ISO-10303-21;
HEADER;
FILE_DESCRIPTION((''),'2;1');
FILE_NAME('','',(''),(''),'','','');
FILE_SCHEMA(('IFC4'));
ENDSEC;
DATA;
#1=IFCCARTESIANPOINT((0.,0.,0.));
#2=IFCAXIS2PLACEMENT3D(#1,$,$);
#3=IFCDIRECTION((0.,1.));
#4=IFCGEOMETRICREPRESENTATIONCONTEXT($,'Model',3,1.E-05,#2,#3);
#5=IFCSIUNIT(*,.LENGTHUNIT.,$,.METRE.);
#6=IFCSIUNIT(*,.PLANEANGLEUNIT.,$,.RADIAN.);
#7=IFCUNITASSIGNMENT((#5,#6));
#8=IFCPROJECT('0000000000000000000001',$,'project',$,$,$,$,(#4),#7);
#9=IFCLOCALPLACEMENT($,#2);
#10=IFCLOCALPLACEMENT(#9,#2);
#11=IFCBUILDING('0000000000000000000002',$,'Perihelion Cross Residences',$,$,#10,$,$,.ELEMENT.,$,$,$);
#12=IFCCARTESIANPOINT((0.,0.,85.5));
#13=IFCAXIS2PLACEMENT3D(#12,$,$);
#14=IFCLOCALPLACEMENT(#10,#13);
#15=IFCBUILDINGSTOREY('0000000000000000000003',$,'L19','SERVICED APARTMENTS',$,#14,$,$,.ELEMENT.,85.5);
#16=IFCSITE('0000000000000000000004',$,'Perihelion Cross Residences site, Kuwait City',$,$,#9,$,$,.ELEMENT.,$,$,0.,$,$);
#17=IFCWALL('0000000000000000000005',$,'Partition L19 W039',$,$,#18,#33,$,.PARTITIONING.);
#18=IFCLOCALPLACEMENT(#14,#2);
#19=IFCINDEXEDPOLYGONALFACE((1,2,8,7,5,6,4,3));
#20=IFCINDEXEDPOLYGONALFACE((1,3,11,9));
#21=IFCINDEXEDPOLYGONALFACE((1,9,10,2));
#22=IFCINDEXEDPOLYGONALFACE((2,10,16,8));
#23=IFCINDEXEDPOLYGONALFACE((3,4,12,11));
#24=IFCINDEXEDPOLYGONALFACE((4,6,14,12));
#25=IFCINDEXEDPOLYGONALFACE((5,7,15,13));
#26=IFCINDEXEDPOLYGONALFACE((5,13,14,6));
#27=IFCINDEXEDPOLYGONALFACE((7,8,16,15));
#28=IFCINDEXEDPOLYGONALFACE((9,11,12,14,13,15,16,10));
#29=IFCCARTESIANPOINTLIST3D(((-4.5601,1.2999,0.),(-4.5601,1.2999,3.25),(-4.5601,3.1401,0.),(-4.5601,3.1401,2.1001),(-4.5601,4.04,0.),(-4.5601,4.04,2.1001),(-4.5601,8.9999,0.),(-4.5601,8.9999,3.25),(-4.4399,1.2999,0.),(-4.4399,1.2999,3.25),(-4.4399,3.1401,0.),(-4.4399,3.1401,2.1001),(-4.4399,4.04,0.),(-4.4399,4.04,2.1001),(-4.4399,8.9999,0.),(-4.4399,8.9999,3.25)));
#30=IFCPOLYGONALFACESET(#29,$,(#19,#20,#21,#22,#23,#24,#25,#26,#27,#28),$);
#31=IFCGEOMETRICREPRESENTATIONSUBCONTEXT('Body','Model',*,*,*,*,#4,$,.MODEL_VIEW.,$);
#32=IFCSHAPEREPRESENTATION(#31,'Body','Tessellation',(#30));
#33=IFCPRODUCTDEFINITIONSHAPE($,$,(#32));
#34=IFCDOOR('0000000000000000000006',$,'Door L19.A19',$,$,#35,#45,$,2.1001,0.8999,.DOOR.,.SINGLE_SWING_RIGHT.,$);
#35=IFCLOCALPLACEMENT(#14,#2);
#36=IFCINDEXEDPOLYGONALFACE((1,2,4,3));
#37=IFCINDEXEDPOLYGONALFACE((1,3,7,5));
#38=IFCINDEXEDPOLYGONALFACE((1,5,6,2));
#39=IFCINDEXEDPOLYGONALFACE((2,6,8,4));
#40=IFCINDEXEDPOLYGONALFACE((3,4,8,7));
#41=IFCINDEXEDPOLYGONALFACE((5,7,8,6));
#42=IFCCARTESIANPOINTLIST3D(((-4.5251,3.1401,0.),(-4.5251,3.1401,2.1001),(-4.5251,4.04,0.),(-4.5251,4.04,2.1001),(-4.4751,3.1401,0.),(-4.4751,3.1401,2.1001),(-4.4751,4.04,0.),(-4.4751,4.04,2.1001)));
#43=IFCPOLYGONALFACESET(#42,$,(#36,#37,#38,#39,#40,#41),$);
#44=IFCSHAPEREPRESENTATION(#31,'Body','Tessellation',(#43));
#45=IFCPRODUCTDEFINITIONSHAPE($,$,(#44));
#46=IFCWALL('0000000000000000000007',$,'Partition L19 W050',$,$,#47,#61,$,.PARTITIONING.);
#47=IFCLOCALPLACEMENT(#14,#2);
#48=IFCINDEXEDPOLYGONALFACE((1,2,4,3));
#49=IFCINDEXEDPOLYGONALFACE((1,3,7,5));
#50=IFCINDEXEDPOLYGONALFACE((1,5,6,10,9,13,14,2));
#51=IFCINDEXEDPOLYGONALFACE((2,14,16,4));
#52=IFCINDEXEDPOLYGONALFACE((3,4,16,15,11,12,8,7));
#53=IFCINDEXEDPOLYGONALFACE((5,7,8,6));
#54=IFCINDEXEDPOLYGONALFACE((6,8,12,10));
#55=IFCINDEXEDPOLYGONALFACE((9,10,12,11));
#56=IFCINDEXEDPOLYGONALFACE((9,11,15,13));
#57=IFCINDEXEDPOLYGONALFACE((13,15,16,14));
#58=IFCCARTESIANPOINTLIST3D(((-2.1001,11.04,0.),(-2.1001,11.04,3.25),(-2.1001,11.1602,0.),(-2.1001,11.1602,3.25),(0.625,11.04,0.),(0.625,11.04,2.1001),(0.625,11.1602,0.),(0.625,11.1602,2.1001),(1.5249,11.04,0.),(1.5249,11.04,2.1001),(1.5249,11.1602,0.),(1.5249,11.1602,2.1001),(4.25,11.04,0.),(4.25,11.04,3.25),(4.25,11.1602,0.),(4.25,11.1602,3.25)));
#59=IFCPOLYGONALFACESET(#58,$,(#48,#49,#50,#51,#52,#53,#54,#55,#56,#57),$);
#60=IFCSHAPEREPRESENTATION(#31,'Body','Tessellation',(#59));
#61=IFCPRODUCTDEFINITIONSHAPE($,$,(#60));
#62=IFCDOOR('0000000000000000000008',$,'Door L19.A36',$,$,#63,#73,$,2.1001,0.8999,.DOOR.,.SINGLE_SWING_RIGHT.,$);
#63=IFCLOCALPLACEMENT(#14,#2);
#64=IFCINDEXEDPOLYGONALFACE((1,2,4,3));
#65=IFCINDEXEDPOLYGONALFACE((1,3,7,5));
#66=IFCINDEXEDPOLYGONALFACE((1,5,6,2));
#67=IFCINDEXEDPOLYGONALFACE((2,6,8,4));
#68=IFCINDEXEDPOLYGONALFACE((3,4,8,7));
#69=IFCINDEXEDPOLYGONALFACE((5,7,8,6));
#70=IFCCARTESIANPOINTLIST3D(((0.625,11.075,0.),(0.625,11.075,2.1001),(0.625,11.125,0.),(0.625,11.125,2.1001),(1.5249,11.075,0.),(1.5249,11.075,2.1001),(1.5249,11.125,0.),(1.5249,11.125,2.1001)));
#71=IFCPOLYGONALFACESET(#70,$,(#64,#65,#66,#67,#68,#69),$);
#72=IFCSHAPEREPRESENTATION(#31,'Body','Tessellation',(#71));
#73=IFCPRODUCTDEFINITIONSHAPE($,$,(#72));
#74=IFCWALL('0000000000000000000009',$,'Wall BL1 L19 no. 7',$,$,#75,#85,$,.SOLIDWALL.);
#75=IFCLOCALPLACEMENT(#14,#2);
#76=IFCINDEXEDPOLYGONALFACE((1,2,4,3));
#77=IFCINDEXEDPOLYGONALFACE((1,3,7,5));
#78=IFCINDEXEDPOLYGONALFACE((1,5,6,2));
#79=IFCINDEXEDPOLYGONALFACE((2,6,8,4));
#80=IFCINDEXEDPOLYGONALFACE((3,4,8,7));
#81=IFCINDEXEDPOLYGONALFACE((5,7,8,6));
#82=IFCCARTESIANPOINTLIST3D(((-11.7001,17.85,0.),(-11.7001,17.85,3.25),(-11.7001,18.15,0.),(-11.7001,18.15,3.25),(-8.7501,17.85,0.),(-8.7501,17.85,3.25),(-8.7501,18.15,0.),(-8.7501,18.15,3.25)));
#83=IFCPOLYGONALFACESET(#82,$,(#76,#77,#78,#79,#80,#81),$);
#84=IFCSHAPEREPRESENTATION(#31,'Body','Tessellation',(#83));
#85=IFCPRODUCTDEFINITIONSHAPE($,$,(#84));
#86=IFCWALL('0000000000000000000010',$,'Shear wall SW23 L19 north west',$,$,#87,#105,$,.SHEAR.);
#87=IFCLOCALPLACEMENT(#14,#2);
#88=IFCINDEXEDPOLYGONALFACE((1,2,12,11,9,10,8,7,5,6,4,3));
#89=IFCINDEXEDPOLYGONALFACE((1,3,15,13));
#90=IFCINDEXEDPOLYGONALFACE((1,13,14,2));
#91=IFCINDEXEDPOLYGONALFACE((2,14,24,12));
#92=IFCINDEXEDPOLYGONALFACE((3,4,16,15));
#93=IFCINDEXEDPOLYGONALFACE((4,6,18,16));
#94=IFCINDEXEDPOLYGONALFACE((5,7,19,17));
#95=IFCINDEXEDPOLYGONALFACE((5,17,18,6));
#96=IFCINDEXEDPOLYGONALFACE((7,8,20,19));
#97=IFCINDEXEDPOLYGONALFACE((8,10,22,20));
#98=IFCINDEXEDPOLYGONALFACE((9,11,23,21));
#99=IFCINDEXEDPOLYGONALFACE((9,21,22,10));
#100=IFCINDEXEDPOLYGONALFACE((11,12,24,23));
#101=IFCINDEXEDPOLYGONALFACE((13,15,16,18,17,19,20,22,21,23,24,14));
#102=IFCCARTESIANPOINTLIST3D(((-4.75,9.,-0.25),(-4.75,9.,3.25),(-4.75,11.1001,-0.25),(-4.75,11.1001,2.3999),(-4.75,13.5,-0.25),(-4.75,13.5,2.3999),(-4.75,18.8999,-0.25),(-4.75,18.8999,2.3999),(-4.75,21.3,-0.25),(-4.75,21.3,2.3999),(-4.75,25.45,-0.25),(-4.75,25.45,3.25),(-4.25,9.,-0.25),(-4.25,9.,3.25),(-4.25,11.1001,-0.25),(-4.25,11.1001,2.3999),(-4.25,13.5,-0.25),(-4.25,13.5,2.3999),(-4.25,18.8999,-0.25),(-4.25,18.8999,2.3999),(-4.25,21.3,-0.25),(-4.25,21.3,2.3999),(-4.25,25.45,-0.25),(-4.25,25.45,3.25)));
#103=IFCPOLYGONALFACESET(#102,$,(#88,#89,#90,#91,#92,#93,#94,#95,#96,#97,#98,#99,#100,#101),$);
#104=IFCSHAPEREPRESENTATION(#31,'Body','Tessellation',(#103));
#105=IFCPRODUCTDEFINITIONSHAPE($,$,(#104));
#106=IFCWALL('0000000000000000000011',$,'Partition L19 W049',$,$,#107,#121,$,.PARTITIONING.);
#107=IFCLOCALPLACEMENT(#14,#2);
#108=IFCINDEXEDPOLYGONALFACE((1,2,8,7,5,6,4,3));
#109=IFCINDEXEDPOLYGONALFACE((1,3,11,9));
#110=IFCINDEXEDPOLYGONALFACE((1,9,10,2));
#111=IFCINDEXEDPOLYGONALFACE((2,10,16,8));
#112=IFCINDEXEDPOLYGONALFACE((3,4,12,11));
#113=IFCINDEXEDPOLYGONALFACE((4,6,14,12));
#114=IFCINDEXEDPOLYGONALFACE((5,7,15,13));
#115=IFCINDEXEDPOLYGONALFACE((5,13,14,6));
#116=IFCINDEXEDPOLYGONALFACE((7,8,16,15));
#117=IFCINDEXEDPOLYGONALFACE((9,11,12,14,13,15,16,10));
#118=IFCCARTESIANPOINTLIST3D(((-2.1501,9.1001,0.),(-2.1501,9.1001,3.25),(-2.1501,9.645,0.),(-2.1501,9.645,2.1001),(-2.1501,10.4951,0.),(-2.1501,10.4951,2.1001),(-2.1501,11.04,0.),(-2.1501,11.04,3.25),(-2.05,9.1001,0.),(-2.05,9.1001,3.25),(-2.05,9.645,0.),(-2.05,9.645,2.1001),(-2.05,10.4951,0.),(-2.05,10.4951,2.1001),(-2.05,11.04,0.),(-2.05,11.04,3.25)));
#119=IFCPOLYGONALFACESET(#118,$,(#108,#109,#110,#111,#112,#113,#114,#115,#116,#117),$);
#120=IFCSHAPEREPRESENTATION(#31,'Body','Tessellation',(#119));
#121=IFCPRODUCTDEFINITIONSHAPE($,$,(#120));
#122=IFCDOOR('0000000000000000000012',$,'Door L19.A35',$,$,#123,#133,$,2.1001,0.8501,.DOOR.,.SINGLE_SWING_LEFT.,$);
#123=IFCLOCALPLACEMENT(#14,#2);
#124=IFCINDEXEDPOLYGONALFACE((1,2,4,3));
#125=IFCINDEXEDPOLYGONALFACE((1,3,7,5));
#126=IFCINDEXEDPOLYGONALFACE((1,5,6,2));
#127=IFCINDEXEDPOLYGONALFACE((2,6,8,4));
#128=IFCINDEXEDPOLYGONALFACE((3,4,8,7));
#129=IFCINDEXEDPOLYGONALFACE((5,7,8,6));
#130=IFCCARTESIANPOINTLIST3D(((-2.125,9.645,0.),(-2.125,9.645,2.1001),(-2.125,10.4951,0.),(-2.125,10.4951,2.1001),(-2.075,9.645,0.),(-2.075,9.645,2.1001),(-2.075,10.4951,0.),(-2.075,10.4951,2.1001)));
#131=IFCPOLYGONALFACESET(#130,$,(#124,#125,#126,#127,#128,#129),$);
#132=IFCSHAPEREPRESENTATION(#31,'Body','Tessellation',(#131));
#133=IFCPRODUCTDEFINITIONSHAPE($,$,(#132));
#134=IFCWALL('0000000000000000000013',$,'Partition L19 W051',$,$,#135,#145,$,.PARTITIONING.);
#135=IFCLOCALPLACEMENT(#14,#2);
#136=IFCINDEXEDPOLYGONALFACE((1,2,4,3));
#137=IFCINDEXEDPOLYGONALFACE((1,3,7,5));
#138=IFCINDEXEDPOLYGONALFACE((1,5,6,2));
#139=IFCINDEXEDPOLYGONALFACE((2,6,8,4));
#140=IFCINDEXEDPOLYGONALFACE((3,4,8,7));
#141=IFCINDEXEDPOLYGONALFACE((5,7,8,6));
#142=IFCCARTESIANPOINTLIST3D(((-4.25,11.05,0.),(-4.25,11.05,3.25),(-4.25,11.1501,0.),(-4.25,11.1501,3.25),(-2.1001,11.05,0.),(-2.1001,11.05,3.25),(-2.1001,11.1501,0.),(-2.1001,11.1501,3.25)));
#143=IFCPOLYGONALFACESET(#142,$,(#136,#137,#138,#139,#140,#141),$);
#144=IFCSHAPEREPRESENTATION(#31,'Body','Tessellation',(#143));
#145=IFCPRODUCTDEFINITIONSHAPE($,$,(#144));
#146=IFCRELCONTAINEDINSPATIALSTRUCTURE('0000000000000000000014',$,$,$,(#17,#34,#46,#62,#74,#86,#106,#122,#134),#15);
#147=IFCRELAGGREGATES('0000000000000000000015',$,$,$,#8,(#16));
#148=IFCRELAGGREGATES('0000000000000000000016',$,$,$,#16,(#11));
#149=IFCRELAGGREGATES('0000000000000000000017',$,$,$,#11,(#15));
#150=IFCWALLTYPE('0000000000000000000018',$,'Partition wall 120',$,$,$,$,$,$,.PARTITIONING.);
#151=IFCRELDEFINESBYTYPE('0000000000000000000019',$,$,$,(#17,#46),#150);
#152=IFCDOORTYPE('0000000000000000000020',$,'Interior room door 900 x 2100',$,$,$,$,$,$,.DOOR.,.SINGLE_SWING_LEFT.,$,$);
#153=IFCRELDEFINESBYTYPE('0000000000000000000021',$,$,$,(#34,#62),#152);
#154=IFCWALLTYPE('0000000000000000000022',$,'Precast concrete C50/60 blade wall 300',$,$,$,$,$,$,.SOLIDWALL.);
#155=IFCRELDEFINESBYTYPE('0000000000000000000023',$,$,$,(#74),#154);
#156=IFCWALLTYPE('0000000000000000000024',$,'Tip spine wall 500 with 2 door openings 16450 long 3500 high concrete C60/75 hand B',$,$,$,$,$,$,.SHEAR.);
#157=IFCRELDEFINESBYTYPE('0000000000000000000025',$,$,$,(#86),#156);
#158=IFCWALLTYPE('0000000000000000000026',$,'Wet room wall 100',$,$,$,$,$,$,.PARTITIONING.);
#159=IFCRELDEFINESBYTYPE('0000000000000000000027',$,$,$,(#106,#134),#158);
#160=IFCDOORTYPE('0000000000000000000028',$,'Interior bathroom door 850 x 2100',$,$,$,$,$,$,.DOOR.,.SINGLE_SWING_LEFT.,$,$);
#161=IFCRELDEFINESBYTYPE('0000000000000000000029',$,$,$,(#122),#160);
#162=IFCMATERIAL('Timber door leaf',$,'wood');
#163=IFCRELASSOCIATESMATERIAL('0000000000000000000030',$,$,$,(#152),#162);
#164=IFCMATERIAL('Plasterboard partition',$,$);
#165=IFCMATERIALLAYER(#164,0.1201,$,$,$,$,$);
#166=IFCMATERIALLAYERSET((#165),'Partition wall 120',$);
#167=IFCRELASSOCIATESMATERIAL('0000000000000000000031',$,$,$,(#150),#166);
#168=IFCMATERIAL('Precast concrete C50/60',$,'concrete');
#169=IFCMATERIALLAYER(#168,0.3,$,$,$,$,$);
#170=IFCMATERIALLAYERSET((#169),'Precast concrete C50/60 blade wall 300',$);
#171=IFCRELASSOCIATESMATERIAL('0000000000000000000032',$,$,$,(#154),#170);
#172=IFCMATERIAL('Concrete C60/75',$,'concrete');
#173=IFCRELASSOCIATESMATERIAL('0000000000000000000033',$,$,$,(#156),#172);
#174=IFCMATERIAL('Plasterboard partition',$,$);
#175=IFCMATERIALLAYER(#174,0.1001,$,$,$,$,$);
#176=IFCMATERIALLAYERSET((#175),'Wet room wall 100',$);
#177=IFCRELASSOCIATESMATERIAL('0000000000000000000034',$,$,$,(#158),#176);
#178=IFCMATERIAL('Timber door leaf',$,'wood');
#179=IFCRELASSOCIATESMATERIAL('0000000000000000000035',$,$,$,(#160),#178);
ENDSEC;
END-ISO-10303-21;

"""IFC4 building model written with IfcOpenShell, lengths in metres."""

from ifc_helpers import new_model, si_unit, direction, frame, frame_2d, origin, place, context, subcontext, project, spatial, polyline, rectangle, outline, extrude, material, layer, layer_set, material_profile, profile_set, type_object, element, fill, save


model = new_model("IFC4")

# Units and contexts
model_context = context("Model", 3, precision=1e-05, world=origin(), true_north=direction((0.0, 1.0)))
body_context = subcontext(model_context, "Body", "Model", "MODEL_VIEW")
ifc_project = project(units=[si_unit("LENGTHUNIT", "METRE"), si_unit("PLANEANGLEUNIT", "RADIAN")], contexts=[model_context])

# Site, building, storey
site_placement = place(None, origin())
site = spatial("IfcSite", under=ifc_project, at=site_placement, Name="Perihelion Cross Residences site, Kuwait City", CompositionType="ELEMENT", RefElevation=0.0)
building_placement = place(site_placement, origin())
building = spatial("IfcBuilding", under=site, at=building_placement, Name="Perihelion Cross Residences", CompositionType="ELEMENT")
storey_placement = place(building_placement, frame((0.0, 0.0, 85.5)))
storey = spatial("IfcBuildingStorey", under=building, at=storey_placement, Name="L19", Description="SERVICED APARTMENTS", CompositionType="ELEMENT", Elevation=85.5)

# Walls, openings, doors
ifc_material_1 = material(Name="Timber door leaf", Category="wood")
door_type_1 = type_object("IfcDoorType", Name="Interior room door 900 x 2100", OperationType="SINGLE_SWING_LEFT", PredefinedType="DOOR", material=ifc_material_1)
ifc_material_2 = material(Name="Plasterboard partition")
ifc_layer_1 = layer(ifc_material_2, 0.1201)
ifc_layer_set_1 = layer_set([ifc_layer_1], Name="Partition wall 120")
wall_type_1 = type_object("IfcWallType", Name="Partition wall 120", PredefinedType="PARTITIONING", material=ifc_layer_set_1)
wall_1_placement = place(storey_placement, frame((-4.5, 9.0, 0.0), z_axis=(0.0, 0.0, 1.0), x_axis=(0.0, -1.0, 0.0)))
wall_1 = element("IfcWall", 1, at=wall_1_placement, inside=storey, type_object=wall_type_1, Name="Partition L19 W039", PredefinedType="PARTITIONING", context=body_context, shape_type="SweptSolid", body=[
    extrude(rectangle(XDim=7.7, YDim=0.1201, at=frame_2d((3.8501, 0.0))), origin(), (0.0, 0.0, 1.0), 3.25),
])
opening_1_placement = place(wall_1_placement, frame((4.96, 0.0, 0.0)))
opening_1 = element("IfcOpeningElement", 2, at=opening_1_placement, cuts=wall_1, PredefinedType="OPENING", context=body_context, shape_type="SweptSolid", body=[
    extrude(rectangle(XDim=0.8999, YDim=2.1001, at=frame_2d((0.45, 1.05))), frame((0.0, 0.0701, 0.0), z_axis=(0.0, -1.0, 0.0), x_axis=(1.0, 0.0, 0.0)), (0.0, 0.0, 1.0), 0.1401),
])
door_1_placement = place(opening_1_placement, origin())
door_1 = element("IfcDoor", 3, at=door_1_placement, inside=storey, type_object=door_type_1, Name="Door L19.A19", OperationType="SINGLE_SWING_RIGHT", OverallHeight=2.1001, OverallWidth=0.8999, PredefinedType="DOOR", context=body_context, shape_type="SweptSolid", body=[
    extrude(rectangle(XDim=0.8999, YDim=2.1001, at=frame_2d((0.45, 1.05))), frame((0.0, 0.0249, 0.0), z_axis=(0.0, -1.0, 0.0), x_axis=(1.0, 0.0, 0.0)), (0.0, 0.0, 1.0), 0.05),
])
fill(opening_1, door_1)
wall_2_placement = place(storey_placement, frame((-2.1001, 11.1001, 0.0), z_axis=(0.0, 0.0, 1.0), x_axis=(1.0, 0.0, 0.0)))
wall_2 = element("IfcWall", 4, at=wall_2_placement, inside=storey, type_object=wall_type_1, Name="Partition L19 W050", PredefinedType="PARTITIONING", context=body_context, shape_type="SweptSolid", body=[
    extrude(rectangle(XDim=6.3501, YDim=0.1201, at=frame_2d((3.175, 0.0))), origin(), (0.0, 0.0, 1.0), 3.25),
])
opening_2_placement = place(wall_2_placement, frame((2.7251, 0.0, 0.0)))
opening_2 = element("IfcOpeningElement", 5, at=opening_2_placement, cuts=wall_2, PredefinedType="OPENING", context=body_context, shape_type="SweptSolid", body=[
    extrude(rectangle(XDim=0.8999, YDim=2.1001, at=frame_2d((0.45, 1.05))), frame((0.0, 0.0701, 0.0), z_axis=(0.0, -1.0, 0.0), x_axis=(1.0, 0.0, 0.0)), (0.0, 0.0, 1.0), 0.1401),
])
door_2_placement = place(opening_2_placement, origin())
door_2 = element("IfcDoor", 6, at=door_2_placement, inside=storey, type_object=door_type_1, Name="Door L19.A36", OperationType="SINGLE_SWING_RIGHT", OverallHeight=2.1001, OverallWidth=0.8999, PredefinedType="DOOR", context=body_context, shape_type="SweptSolid", body=[
    extrude(rectangle(XDim=0.8999, YDim=2.1001, at=frame_2d((0.45, 1.05))), frame((0.0, 0.0249, 0.0), z_axis=(0.0, -1.0, 0.0), x_axis=(1.0, 0.0, 0.0)), (0.0, 0.0, 1.0), 0.05),
])
fill(opening_2, door_2)

# Walls
ifc_material_3 = material(Name="Precast concrete C50/60", Category="concrete")
ifc_layer_2 = layer(ifc_material_3, 0.3)
ifc_layer_set_2 = layer_set([ifc_layer_2], Name="Precast concrete C50/60 blade wall 300")
wall_type_2 = type_object("IfcWallType", Name="Precast concrete C50/60 blade wall 300", PredefinedType="SOLIDWALL", material=ifc_layer_set_2)
wall_3_placement = place(storey_placement, frame((-8.75, 18.0, 0.0), z_axis=(0.0, 0.0, 1.0), x_axis=(-1.0, 0.0, 0.0)))
element("IfcWall", 7, at=wall_3_placement, inside=storey, type_object=wall_type_2, Name="Wall BL1 L19 no. 7", PredefinedType="SOLIDWALL", context=body_context, shape_type="SweptSolid", body=[
    extrude(rectangle(XDim=2.95, YDim=0.3, at=frame_2d((1.4751, 0.0))), origin(), (0.0, 0.0, 1.0), 3.25),
])
ifc_material_4 = material(Name="Concrete C60/75", Category="concrete")
ifc_material_profile_1 = material_profile(ifc_material_4, outline(polyline([(0.0, 0.0), (2.1001, 0.0), (2.1001, 2.6499), (4.5, 2.6499), (4.5, 0.0), (9.8999, 0.0), (9.8999, 2.6499), (12.3, 2.6499), (12.3, 0.0), (16.45, 0.0), (16.45, 3.5), (0.0, 3.5), (0.0, 0.0)])), Name="Tip spine wall")
ifc_profile_set_1 = profile_set([ifc_material_profile_1], Name="Concrete C60/75")
wall_type_3 = type_object("IfcWallType", Name="Tip spine wall 500 with 2 door openings 16450 long 3500 high concrete C60/75 hand B", PredefinedType="SHEAR", material=ifc_profile_set_1)
wall_4_placement = place(storey_placement, frame((-4.75, 9.0, -0.25), z_axis=(1.0, 0.0, 0.0), x_axis=(0.0, 1.0, 0.0)))
element("IfcWall", 8, at=wall_4_placement, inside=storey, type_object=wall_type_3, Name="Shear wall SW23 L19 north west", PredefinedType="SHEAR", context=body_context, shape_type="SweptSolid", body=[
    extrude(outline(polyline([(0.0, 0.0), (2.1001, 0.0), (2.1001, 2.6499), (4.5, 2.6499), (4.5, 0.0), (9.8999, 0.0), (9.8999, 2.6499), (12.3, 2.6499), (12.3, 0.0), (16.45, 0.0), (16.45, 3.5), (0.0, 3.5), (0.0, 0.0)])), origin(), (0.0, 0.0, 1.0), 0.5),
])

# Wall, opening, door
ifc_material_5 = material(Name="Plasterboard partition")
ifc_layer_3 = layer(ifc_material_5, 0.1001)
ifc_layer_set_3 = layer_set([ifc_layer_3], Name="Wet room wall 100")
wall_type_4 = type_object("IfcWallType", Name="Wet room wall 100", PredefinedType="PARTITIONING", material=ifc_layer_set_3)
wall_5_placement = place(storey_placement, frame((-2.1001, 9.1001, 0.0), z_axis=(0.0, 0.0, 1.0), x_axis=(0.0, 1.0, 0.0)))
wall_5 = element("IfcWall", 9, at=wall_5_placement, inside=storey, type_object=wall_type_4, Name="Partition L19 W049", PredefinedType="PARTITIONING", context=body_context, shape_type="SweptSolid", body=[
    extrude(rectangle(XDim=1.9399, YDim=0.1001, at=frame_2d((0.97, 0.0))), origin(), (0.0, 0.0, 1.0), 3.25),
])
opening_3_placement = place(wall_5_placement, frame((0.5449, 0.0, 0.0)))
opening_3 = element("IfcOpeningElement", 10, at=opening_3_placement, cuts=wall_5, PredefinedType="OPENING", context=body_context, shape_type="SweptSolid", body=[
    extrude(rectangle(XDim=0.8501, YDim=2.1001, at=frame_2d((0.425, 1.05))), frame((0.0, 0.0601, 0.0), z_axis=(0.0, -1.0, 0.0), x_axis=(1.0, 0.0, 0.0)), (0.0, 0.0, 1.0), 0.1201),
])
ifc_material_6 = material(Name="Timber door leaf", Category="wood")
door_type_2 = type_object("IfcDoorType", Name="Interior bathroom door 850 x 2100", OperationType="SINGLE_SWING_LEFT", PredefinedType="DOOR", material=ifc_material_6)
door_3_placement = place(opening_3_placement, origin())
door_3 = element("IfcDoor", 11, at=door_3_placement, inside=storey, type_object=door_type_2, Name="Door L19.A35", OperationType="SINGLE_SWING_LEFT", OverallHeight=2.1001, OverallWidth=0.8501, PredefinedType="DOOR", context=body_context, shape_type="SweptSolid", body=[
    extrude(rectangle(XDim=0.8501, YDim=2.1001, at=frame_2d((0.425, 1.05))), frame((0.0, 0.0249, 0.0), z_axis=(0.0, -1.0, 0.0), x_axis=(1.0, 0.0, 0.0)), (0.0, 0.0, 1.0), 0.05),
])
fill(opening_3, door_3)

# Wall
wall_6_placement = place(storey_placement, frame((-4.25, 11.1001, 0.0), z_axis=(0.0, 0.0, 1.0), x_axis=(1.0, 0.0, 0.0)))
element("IfcWall", 12, at=wall_6_placement, inside=storey, type_object=wall_type_4, Name="Partition L19 W051", PredefinedType="PARTITIONING", context=body_context, shape_type="SweptSolid", body=[
    extrude(rectangle(XDim=2.1499, YDim=0.1001, at=frame_2d((1.075, 0.0))), origin(), (0.0, 0.0, 1.0), 3.25),
])

save(model, "model.ifc")
